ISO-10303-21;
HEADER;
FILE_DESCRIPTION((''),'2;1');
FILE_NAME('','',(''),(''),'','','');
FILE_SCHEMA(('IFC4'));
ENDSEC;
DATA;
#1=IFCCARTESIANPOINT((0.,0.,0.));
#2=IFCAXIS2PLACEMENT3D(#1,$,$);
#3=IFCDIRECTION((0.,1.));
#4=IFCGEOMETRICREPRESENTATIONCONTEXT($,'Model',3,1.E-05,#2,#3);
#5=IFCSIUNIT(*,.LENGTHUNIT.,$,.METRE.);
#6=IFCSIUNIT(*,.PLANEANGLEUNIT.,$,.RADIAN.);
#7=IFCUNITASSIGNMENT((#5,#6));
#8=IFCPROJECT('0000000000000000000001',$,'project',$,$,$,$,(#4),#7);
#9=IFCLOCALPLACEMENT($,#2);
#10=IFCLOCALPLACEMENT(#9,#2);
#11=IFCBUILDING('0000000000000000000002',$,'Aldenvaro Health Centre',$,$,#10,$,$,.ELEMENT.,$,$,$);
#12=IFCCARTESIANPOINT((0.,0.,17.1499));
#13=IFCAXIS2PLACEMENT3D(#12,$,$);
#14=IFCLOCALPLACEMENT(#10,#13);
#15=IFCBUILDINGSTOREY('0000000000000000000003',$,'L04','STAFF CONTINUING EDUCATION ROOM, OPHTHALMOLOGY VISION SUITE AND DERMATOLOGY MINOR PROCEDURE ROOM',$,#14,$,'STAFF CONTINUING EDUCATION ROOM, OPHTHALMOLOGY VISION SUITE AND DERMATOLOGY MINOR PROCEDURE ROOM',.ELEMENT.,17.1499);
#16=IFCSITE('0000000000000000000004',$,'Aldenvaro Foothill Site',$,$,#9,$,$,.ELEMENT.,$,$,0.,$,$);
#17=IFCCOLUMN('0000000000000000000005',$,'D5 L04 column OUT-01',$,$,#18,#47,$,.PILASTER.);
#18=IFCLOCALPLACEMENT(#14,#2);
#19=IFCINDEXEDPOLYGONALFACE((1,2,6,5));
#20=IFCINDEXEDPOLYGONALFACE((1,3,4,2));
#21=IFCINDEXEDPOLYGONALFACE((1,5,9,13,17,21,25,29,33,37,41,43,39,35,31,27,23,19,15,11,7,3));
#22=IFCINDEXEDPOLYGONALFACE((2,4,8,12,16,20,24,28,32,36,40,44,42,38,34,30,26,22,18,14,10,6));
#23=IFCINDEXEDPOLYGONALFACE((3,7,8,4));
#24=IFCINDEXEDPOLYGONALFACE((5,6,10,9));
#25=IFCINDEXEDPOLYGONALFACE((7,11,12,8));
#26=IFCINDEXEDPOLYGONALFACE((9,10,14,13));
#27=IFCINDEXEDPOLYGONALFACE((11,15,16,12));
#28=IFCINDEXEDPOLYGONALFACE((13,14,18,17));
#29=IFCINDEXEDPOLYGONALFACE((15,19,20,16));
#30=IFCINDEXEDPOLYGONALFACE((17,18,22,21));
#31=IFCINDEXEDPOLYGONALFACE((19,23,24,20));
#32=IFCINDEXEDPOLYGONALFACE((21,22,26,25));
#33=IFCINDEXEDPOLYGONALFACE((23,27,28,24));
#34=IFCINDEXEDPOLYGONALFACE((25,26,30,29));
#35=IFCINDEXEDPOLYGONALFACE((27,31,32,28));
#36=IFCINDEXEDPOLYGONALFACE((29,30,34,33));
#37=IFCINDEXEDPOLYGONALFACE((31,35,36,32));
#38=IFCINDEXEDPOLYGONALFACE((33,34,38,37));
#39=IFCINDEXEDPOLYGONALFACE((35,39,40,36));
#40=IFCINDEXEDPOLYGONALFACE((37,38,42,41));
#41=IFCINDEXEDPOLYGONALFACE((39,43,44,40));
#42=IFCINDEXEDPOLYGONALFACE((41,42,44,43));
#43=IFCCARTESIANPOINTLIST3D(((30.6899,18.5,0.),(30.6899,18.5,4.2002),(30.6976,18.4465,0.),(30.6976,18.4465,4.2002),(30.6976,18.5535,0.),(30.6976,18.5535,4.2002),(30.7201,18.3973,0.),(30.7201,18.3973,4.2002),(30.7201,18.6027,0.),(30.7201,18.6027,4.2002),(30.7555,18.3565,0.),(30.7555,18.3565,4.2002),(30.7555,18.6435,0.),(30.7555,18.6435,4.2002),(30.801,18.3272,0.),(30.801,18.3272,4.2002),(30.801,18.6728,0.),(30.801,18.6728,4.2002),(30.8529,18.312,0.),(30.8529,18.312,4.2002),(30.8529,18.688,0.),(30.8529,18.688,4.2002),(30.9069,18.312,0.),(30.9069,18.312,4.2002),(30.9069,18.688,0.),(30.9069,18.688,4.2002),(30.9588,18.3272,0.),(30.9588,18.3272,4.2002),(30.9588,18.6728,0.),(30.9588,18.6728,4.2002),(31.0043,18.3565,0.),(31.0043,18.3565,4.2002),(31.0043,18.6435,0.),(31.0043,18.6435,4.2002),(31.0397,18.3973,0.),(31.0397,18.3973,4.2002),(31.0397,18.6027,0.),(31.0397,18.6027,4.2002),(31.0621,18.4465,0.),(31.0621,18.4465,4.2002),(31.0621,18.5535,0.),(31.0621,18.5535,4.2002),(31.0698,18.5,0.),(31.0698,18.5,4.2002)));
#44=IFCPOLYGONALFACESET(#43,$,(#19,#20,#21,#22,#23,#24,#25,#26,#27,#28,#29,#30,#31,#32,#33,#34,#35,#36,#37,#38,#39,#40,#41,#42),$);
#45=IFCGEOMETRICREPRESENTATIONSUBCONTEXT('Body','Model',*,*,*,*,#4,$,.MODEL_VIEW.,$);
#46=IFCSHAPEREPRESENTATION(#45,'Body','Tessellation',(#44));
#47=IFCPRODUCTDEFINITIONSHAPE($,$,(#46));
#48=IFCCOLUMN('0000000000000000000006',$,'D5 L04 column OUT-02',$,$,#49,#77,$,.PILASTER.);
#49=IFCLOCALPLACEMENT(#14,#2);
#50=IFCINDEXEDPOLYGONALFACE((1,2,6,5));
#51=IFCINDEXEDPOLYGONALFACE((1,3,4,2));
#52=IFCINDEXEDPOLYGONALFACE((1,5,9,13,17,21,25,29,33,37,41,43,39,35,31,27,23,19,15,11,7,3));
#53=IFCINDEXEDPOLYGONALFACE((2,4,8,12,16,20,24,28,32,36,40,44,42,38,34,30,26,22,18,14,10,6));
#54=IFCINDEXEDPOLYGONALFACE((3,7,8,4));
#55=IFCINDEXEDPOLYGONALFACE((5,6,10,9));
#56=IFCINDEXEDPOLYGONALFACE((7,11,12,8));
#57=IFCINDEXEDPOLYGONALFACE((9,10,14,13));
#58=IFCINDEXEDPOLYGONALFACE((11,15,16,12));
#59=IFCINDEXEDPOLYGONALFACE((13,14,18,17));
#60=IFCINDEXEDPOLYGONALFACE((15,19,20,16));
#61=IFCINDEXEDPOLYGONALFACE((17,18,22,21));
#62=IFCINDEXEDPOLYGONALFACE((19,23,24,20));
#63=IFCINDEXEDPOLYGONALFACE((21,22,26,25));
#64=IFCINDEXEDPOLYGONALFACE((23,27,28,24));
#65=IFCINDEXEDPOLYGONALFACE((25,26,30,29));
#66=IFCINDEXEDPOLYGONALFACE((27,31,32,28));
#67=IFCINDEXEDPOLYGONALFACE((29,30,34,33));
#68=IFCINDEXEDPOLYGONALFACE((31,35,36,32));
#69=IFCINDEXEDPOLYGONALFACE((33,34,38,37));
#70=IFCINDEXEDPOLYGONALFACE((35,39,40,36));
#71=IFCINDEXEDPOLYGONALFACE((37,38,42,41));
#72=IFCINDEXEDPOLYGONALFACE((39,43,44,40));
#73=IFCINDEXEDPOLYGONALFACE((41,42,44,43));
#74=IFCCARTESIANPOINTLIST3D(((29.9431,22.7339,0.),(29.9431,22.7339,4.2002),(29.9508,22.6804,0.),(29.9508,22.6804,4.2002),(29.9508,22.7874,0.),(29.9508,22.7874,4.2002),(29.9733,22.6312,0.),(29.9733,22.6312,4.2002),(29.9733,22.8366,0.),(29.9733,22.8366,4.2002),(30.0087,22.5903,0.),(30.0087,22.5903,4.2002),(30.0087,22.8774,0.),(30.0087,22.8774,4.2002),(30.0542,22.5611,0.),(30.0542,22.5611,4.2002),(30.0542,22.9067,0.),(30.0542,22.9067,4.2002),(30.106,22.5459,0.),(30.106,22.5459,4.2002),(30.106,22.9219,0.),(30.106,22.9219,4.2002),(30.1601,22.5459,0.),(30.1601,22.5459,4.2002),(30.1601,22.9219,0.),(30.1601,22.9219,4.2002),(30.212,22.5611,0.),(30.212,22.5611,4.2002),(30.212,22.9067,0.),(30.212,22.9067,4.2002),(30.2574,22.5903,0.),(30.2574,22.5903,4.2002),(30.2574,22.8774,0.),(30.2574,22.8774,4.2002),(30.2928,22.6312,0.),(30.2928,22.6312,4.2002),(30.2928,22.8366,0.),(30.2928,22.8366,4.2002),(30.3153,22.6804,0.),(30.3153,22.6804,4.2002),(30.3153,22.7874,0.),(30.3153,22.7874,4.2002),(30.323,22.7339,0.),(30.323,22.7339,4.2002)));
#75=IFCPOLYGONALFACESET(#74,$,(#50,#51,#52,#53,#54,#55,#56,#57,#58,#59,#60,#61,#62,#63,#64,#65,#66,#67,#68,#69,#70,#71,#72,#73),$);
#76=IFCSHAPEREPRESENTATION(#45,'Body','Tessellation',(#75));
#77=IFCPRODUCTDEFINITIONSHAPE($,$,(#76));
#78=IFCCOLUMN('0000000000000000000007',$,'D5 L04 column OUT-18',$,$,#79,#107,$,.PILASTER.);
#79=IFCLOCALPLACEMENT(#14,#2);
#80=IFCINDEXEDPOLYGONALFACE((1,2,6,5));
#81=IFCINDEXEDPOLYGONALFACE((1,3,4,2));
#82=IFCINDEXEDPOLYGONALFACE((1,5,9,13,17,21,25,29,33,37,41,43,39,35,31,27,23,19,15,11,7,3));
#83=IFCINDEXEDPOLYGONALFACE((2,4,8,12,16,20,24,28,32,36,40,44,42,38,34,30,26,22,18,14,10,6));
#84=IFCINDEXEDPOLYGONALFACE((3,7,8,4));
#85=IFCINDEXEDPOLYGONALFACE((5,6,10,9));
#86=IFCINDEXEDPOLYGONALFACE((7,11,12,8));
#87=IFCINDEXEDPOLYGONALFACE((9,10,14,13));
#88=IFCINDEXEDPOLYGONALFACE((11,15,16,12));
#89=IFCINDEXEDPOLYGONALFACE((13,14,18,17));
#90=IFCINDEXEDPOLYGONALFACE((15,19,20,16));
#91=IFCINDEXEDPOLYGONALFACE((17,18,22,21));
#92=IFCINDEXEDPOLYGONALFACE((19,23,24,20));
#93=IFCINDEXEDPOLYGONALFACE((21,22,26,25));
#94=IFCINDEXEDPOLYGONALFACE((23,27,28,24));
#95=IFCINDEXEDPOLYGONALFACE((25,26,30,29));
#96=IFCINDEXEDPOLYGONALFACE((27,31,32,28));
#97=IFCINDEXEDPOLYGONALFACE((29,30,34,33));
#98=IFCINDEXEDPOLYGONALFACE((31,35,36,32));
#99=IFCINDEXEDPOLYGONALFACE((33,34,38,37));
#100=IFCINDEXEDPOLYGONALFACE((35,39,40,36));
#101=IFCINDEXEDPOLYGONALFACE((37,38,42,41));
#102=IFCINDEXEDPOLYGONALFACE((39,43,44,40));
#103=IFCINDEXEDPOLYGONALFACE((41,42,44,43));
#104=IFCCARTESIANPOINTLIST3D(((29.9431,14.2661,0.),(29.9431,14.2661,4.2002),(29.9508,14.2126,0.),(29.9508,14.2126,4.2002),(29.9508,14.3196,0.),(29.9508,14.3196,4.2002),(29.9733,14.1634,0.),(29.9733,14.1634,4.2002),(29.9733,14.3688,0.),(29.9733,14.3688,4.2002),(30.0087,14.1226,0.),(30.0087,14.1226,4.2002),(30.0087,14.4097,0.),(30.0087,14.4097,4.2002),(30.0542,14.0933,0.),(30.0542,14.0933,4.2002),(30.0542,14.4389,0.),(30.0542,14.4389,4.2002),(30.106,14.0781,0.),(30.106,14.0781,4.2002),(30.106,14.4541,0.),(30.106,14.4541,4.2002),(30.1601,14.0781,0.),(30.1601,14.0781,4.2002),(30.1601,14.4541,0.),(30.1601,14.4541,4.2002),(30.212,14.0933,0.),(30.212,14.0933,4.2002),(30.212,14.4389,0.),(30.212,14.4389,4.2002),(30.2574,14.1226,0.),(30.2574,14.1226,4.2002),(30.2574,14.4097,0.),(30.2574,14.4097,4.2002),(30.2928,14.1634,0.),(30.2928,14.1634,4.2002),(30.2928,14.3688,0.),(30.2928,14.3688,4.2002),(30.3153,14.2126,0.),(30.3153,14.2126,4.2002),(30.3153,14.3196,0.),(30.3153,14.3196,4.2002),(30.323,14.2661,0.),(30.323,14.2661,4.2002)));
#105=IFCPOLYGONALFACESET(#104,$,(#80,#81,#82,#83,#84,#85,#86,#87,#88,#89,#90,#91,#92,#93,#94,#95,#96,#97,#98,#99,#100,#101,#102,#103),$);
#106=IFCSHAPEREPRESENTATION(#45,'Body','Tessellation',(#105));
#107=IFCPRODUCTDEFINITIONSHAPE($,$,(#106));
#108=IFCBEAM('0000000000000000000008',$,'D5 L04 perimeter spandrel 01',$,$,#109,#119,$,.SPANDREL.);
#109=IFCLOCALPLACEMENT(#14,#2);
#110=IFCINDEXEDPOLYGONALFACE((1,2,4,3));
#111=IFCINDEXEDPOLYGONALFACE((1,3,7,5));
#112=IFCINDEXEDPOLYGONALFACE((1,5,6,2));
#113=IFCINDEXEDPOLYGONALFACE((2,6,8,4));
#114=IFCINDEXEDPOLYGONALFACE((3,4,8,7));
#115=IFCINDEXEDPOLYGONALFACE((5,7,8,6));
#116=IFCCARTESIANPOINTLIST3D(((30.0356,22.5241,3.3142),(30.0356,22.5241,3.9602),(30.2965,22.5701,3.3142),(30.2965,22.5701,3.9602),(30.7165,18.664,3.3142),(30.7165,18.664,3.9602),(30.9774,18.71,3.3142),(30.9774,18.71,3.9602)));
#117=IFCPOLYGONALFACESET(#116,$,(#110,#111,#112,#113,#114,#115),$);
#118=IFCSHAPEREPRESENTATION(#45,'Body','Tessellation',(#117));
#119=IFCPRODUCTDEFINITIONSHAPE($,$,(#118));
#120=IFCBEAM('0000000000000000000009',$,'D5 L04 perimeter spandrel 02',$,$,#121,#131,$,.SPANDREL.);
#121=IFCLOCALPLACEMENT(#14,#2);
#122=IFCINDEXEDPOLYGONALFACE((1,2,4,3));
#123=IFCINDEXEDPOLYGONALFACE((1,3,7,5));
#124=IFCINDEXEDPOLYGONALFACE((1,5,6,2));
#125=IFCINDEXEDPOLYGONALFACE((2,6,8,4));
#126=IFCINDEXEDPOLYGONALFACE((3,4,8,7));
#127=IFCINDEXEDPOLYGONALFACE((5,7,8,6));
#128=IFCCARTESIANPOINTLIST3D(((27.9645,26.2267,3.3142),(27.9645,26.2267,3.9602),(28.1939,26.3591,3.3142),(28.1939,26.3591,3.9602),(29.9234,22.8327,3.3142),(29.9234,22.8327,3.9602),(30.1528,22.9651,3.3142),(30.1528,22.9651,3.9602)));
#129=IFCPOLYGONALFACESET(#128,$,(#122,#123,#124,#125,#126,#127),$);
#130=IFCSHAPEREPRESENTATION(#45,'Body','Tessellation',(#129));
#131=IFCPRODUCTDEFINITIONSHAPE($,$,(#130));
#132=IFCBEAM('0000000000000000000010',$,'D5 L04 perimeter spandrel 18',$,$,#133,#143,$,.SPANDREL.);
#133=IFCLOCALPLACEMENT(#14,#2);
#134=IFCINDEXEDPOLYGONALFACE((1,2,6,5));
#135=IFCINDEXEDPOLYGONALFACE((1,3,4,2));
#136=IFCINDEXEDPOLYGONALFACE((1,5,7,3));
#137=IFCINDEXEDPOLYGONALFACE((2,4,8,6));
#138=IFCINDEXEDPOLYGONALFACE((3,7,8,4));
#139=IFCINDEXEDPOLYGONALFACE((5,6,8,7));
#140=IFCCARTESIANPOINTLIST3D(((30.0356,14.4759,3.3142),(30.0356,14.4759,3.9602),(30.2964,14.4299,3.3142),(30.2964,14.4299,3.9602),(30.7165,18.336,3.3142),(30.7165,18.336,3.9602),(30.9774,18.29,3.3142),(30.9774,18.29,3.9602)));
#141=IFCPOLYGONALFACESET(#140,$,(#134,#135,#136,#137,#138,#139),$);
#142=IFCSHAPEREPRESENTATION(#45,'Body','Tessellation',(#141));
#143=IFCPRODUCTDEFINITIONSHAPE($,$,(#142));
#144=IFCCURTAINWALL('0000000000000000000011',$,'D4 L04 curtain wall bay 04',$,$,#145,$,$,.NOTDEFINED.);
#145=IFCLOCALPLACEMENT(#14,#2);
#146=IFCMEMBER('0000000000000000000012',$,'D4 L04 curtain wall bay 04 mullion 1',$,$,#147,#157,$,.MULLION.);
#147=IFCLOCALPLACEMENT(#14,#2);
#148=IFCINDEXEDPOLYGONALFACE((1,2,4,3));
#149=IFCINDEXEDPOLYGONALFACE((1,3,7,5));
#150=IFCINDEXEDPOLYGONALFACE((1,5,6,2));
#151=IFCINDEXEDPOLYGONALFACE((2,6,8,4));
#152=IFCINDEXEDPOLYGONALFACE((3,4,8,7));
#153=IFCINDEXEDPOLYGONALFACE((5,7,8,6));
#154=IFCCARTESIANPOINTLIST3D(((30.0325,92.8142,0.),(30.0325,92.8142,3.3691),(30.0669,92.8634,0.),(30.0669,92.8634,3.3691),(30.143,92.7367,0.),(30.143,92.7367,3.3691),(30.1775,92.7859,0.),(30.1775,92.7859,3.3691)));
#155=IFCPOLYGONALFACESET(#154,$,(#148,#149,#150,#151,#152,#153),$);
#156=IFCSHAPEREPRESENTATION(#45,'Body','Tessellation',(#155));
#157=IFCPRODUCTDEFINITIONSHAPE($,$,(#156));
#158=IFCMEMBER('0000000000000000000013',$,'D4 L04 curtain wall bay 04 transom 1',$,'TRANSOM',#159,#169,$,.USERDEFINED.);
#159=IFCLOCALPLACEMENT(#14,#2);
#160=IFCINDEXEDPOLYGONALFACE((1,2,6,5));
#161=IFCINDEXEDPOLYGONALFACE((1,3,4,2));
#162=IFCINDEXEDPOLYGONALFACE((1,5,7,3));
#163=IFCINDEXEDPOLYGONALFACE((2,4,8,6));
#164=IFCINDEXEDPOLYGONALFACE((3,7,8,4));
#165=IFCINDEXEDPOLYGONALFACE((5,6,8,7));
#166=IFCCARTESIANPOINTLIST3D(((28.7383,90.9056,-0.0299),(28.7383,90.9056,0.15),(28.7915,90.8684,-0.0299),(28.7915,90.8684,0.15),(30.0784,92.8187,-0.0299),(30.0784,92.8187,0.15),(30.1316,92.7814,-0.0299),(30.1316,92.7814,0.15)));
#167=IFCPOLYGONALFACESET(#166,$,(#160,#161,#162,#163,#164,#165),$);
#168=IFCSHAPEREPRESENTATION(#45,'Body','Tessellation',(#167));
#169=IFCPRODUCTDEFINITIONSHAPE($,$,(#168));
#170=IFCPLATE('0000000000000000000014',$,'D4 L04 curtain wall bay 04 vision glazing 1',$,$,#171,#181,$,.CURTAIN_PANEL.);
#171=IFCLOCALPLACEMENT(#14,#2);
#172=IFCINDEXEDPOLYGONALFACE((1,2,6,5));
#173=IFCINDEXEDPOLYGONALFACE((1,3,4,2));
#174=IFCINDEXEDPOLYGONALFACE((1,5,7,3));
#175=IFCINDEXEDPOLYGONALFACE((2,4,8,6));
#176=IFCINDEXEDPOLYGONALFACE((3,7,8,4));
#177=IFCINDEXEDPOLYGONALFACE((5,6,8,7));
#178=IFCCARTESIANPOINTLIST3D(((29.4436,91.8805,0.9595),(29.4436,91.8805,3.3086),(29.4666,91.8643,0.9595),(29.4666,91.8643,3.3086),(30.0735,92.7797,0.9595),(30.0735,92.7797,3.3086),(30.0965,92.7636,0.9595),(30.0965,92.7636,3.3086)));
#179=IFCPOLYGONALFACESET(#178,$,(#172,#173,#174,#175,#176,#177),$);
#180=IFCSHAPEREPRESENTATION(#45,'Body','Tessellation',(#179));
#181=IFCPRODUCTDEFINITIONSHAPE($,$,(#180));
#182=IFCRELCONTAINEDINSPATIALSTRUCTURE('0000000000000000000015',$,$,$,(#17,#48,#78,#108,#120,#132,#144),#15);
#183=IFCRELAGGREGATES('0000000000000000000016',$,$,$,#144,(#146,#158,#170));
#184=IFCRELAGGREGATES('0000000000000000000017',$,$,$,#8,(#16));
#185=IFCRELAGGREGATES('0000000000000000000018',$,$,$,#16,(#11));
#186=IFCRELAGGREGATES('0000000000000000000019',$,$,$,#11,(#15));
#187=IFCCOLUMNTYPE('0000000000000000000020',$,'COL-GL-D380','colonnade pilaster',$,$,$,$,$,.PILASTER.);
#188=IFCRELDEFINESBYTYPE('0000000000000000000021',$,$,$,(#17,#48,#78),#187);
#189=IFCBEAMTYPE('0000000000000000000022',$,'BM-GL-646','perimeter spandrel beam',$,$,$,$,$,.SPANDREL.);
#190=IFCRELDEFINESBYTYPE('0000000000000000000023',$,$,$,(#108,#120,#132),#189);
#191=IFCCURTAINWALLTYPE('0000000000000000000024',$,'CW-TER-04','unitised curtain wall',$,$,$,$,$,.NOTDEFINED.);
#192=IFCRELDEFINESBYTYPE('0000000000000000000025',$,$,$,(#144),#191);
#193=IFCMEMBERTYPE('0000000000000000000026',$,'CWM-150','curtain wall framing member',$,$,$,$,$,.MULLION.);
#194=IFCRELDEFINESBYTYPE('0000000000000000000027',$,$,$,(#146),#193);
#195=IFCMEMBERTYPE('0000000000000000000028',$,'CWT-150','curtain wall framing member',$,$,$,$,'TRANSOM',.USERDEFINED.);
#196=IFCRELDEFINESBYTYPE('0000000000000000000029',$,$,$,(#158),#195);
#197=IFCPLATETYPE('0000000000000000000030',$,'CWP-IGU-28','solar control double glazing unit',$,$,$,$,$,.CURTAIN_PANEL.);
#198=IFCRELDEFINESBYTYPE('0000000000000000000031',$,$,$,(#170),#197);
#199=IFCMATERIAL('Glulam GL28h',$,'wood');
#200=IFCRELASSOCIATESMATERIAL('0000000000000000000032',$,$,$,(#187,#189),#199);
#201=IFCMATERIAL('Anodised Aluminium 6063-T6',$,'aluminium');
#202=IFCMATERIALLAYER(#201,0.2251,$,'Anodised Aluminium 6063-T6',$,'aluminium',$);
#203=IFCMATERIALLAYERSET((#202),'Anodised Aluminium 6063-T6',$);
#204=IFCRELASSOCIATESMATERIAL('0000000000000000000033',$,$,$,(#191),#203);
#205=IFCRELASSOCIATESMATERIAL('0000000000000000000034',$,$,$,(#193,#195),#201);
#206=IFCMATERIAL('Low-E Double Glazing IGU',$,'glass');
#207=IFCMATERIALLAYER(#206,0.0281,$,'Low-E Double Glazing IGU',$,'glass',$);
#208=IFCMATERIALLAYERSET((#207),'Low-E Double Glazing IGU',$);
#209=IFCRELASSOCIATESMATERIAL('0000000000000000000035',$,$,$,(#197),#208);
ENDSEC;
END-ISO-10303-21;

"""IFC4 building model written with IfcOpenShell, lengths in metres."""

from ifc_helpers import new_model, si_unit, direction, frame, origin, origin_2d, place, context, subcontext, project, spatial, rectangle, circle, extrude, material, layer, layer_set, material_profile, profile_set, type_object, element, aggregate, save


model = new_model("IFC4")

# Units and contexts
model_context = context("Model", 3, precision=1e-05, world=origin(), true_north=direction((0.0, 1.0)))
body_context = subcontext(model_context, "Body", "Model", "MODEL_VIEW")
ifc_project = project(units=[si_unit("LENGTHUNIT", "METRE"), si_unit("PLANEANGLEUNIT", "RADIAN")], contexts=[model_context])

# Site, building, storey
site_placement = place(None, origin())
site = spatial("IfcSite", under=ifc_project, at=site_placement, Name="Aldenvaro Foothill Site", CompositionType="ELEMENT", RefElevation=0.0)
building_placement = place(site_placement, origin())
building = spatial("IfcBuilding", under=site, at=building_placement, Name="Aldenvaro Health Centre", CompositionType="ELEMENT")
storey_placement = place(building_placement, frame((0.0, 0.0, 17.1499)))
storey = spatial("IfcBuildingStorey", under=building, at=storey_placement, Name="L04", Description="STAFF CONTINUING EDUCATION ROOM, OPHTHALMOLOGY VISION SUITE AND DERMATOLOGY MINOR PROCEDURE ROOM", LongName="STAFF CONTINUING EDUCATION ROOM, OPHTHALMOLOGY VISION SUITE AND DERMATOLOGY MINOR PROCEDURE ROOM", CompositionType="ELEMENT", Elevation=17.1499)

# Columns
ifc_material_1 = material(Name="Glulam GL28h", Category="wood")
ifc_material_profile_1 = material_profile(ifc_material_1, circle(Radius=0.1899, at=origin_2d()), Name="GL D380", Category="wood")
ifc_profile_set_1 = profile_set([ifc_material_profile_1], Name="Glulam GL28h")
column_type = type_object("IfcColumnType", Name="COL-GL-D380", Description="colonnade pilaster", PredefinedType="PILASTER", material=ifc_profile_set_1)
for number, where, z_axis, x_axis, name in (
    (1, (30.8799, 18.5, 0.0), (0.0, 0.0, 1.0), (1.0, 0.0, 0.0), "D5 L04 column OUT-01"),
    (2, (30.1331, 22.7339, 0.0), (0.0, 0.0, 1.0), (1.0, 0.0, 0.0), "D5 L04 column OUT-02"),
    (3, (30.1331, 14.2661, 0.0), (0.0, 0.0, 1.0), (1.0, 0.0, 0.0), "D5 L04 column OUT-18"),
):
    element("IfcColumn", number, at=place(storey_placement, frame(where, z_axis=z_axis, x_axis=x_axis)), inside=storey, type_object=column_type, Name=name, PredefinedType="PILASTER", context=body_context, shape_type="SweptSolid", body=[
        extrude(circle(Radius=0.1899, at=origin_2d()), origin(), (0.0, 0.0, 1.0), 4.2002),
    ])

# Beams
ifc_material_profile_2 = material_profile(ifc_material_1, rectangle(XDim=0.2649, YDim=0.646, at=origin_2d()), Name="GL 265x646", Category="wood")
ifc_profile_set_2 = profile_set([ifc_material_profile_2], Name="Glulam GL28h")
beam_type = type_object("IfcBeamType", Name="BM-GL-646", Description="perimeter spandrel beam", PredefinedType="SPANDREL", material=ifc_profile_set_2)
beam_1_placement = place(storey_placement, frame((30.8469, 18.687, 3.6372), z_axis=(-0.173714, 0.984796, 0.0), x_axis=(-0.984796, -0.173714, 0.0)))
element("IfcBeam", 4, at=beam_1_placement, inside=storey, type_object=beam_type, Name="D5 L04 perimeter spandrel 01", PredefinedType="SPANDREL", context=body_context, shape_type="SweptSolid", body=[
    extrude(rectangle(XDim=0.2649, YDim=0.646, at=origin_2d()), origin(), (0.0, 0.0, 1.0), 3.9197),
])
beam_2_placement = place(storey_placement, frame((30.0381, 22.8989, 3.6372), z_axis=(-0.499891, 0.866088, 0.0), x_axis=(-0.866088, -0.499891, 0.0)))
element("IfcBeam", 5, at=beam_2_placement, inside=storey, type_object=beam_type, Name="D5 L04 perimeter spandrel 02", PredefinedType="SPANDREL", context=body_context, shape_type="SweptSolid", body=[
    extrude(rectangle(XDim=0.2649, YDim=0.646, at=origin_2d()), origin(), (0.0, 0.0, 1.0), 3.9187),
])
beam_3_placement = place(storey_placement, frame((30.166, 14.4529, 3.6372), z_axis=(0.173714, 0.984796, 0.0), x_axis=(-0.984796, 0.173714, 0.0)))
element("IfcBeam", 6, at=beam_3_placement, inside=storey, type_object=beam_type, Name="D5 L04 perimeter spandrel 18", PredefinedType="SPANDREL", context=body_context, shape_type="SweptSolid", body=[
    extrude(rectangle(XDim=0.2649, YDim=0.646, at=origin_2d()), origin(), (0.0, 0.0, 1.0), 3.9197),
])

# Curtain wall, members, plate
ifc_material_2 = material(Name="Anodised Aluminium 6063-T6", Category="aluminium")
ifc_layer_1 = layer(ifc_material_2, 0.2251, Name="Anodised Aluminium 6063-T6", Category="aluminium")
ifc_layer_set_1 = layer_set([ifc_layer_1], Name="Anodised Aluminium 6063-T6")
curtain_wall_type = type_object("IfcCurtainWallType", Name="CW-TER-04", Description="unitised curtain wall", PredefinedType="NOTDEFINED", material=ifc_layer_set_1)
curtain_wall_placement = place(storey_placement, origin())
curtain_wall = element("IfcCurtainWall", 7, at=curtain_wall_placement, inside=storey, type_object=curtain_wall_type, Name="D4 L04 curtain wall bay 04", PredefinedType="NOTDEFINED")
ifc_material_profile_3 = material_profile(ifc_material_2, rectangle(XDim=0.0601, YDim=0.135, at=origin_2d()), Name="ALU 60x135", Category="aluminium")
ifc_profile_set_3 = profile_set([ifc_material_profile_3], Name="Anodised Aluminium 6063-T6")
member_type_1 = type_object("IfcMemberType", Name="CWM-150", Description="curtain wall framing member", PredefinedType="MULLION", material=ifc_profile_set_3)
member_1_placement = place(storey_placement, frame((30.105, 92.8, 0.0), z_axis=(0.0, 0.0, 1.0), x_axis=(-0.573721, -0.819051, 0.0)))
member_1 = element("IfcMember", 8, at=member_1_placement, type_object=member_type_1, Name="D4 L04 curtain wall bay 04 mullion 1", PredefinedType="MULLION", context=body_context, shape_type="SweptSolid", body=[
    extrude(rectangle(XDim=0.0601, YDim=0.135, at=origin_2d()), origin(), (0.0, 0.0, 1.0), 3.3691),
])
ifc_material_profile_4 = material_profile(ifc_material_2, rectangle(XDim=0.0649, YDim=0.1799, at=origin_2d()), Name="ALU 65x180", Category="aluminium")
ifc_profile_set_4 = profile_set([ifc_material_profile_4], Name="Anodised Aluminium 6063-T6")
member_type_2 = type_object("IfcMemberType", Name="CWT-150", Description="curtain wall framing member", ElementType="TRANSOM", PredefinedType="USERDEFINED", material=ifc_profile_set_4)
member_2_placement = place(storey_placement, frame((30.105, 92.8, 0.0601), z_axis=(-0.573729, -0.819045, 0.0), x_axis=(0.819045, -0.573729, 0.0)))
member_2 = element("IfcMember", 9, at=member_2_placement, type_object=member_type_2, Name="D4 L04 curtain wall bay 04 transom 1", ObjectType="TRANSOM", PredefinedType="USERDEFINED", context=body_context, shape_type="SweptSolid", body=[
    extrude(rectangle(XDim=0.0649, YDim=0.1799, at=origin_2d()), origin(), (0.0, 0.0, 1.0), 2.3357),
])
ifc_material_3 = material(Name="Low-E Double Glazing IGU", Category="glass")
ifc_layer_2 = layer(ifc_material_3, 0.0281, Name="Low-E Double Glazing IGU", Category="glass")
ifc_layer_set_2 = layer_set([ifc_layer_2], Name="Low-E Double Glazing IGU")
plate_type = type_object("IfcPlateType", Name="CWP-IGU-28", Description="solar control double glazing unit", PredefinedType="CURTAIN_PANEL", material=ifc_layer_set_2)
plate_placement = place(storey_placement, frame((29.77, 92.322, 0.9595), z_axis=(0.0, 0.0, 1.0), x_axis=(-0.573721, -0.819051, 0.0)))
plate = element("IfcPlate", 10, at=plate_placement, type_object=plate_type, Name="D4 L04 curtain wall bay 04 vision glazing 1", PredefinedType="CURTAIN_PANEL", context=body_context, shape_type="SweptSolid", body=[
    extrude(rectangle(XDim=1.0979, YDim=0.0281, at=origin_2d()), origin(), (0.0, 0.0, 1.0), 2.3491),
])
aggregate(curtain_wall, [member_1, member_2, plate])

save(model, "model.ifc")
